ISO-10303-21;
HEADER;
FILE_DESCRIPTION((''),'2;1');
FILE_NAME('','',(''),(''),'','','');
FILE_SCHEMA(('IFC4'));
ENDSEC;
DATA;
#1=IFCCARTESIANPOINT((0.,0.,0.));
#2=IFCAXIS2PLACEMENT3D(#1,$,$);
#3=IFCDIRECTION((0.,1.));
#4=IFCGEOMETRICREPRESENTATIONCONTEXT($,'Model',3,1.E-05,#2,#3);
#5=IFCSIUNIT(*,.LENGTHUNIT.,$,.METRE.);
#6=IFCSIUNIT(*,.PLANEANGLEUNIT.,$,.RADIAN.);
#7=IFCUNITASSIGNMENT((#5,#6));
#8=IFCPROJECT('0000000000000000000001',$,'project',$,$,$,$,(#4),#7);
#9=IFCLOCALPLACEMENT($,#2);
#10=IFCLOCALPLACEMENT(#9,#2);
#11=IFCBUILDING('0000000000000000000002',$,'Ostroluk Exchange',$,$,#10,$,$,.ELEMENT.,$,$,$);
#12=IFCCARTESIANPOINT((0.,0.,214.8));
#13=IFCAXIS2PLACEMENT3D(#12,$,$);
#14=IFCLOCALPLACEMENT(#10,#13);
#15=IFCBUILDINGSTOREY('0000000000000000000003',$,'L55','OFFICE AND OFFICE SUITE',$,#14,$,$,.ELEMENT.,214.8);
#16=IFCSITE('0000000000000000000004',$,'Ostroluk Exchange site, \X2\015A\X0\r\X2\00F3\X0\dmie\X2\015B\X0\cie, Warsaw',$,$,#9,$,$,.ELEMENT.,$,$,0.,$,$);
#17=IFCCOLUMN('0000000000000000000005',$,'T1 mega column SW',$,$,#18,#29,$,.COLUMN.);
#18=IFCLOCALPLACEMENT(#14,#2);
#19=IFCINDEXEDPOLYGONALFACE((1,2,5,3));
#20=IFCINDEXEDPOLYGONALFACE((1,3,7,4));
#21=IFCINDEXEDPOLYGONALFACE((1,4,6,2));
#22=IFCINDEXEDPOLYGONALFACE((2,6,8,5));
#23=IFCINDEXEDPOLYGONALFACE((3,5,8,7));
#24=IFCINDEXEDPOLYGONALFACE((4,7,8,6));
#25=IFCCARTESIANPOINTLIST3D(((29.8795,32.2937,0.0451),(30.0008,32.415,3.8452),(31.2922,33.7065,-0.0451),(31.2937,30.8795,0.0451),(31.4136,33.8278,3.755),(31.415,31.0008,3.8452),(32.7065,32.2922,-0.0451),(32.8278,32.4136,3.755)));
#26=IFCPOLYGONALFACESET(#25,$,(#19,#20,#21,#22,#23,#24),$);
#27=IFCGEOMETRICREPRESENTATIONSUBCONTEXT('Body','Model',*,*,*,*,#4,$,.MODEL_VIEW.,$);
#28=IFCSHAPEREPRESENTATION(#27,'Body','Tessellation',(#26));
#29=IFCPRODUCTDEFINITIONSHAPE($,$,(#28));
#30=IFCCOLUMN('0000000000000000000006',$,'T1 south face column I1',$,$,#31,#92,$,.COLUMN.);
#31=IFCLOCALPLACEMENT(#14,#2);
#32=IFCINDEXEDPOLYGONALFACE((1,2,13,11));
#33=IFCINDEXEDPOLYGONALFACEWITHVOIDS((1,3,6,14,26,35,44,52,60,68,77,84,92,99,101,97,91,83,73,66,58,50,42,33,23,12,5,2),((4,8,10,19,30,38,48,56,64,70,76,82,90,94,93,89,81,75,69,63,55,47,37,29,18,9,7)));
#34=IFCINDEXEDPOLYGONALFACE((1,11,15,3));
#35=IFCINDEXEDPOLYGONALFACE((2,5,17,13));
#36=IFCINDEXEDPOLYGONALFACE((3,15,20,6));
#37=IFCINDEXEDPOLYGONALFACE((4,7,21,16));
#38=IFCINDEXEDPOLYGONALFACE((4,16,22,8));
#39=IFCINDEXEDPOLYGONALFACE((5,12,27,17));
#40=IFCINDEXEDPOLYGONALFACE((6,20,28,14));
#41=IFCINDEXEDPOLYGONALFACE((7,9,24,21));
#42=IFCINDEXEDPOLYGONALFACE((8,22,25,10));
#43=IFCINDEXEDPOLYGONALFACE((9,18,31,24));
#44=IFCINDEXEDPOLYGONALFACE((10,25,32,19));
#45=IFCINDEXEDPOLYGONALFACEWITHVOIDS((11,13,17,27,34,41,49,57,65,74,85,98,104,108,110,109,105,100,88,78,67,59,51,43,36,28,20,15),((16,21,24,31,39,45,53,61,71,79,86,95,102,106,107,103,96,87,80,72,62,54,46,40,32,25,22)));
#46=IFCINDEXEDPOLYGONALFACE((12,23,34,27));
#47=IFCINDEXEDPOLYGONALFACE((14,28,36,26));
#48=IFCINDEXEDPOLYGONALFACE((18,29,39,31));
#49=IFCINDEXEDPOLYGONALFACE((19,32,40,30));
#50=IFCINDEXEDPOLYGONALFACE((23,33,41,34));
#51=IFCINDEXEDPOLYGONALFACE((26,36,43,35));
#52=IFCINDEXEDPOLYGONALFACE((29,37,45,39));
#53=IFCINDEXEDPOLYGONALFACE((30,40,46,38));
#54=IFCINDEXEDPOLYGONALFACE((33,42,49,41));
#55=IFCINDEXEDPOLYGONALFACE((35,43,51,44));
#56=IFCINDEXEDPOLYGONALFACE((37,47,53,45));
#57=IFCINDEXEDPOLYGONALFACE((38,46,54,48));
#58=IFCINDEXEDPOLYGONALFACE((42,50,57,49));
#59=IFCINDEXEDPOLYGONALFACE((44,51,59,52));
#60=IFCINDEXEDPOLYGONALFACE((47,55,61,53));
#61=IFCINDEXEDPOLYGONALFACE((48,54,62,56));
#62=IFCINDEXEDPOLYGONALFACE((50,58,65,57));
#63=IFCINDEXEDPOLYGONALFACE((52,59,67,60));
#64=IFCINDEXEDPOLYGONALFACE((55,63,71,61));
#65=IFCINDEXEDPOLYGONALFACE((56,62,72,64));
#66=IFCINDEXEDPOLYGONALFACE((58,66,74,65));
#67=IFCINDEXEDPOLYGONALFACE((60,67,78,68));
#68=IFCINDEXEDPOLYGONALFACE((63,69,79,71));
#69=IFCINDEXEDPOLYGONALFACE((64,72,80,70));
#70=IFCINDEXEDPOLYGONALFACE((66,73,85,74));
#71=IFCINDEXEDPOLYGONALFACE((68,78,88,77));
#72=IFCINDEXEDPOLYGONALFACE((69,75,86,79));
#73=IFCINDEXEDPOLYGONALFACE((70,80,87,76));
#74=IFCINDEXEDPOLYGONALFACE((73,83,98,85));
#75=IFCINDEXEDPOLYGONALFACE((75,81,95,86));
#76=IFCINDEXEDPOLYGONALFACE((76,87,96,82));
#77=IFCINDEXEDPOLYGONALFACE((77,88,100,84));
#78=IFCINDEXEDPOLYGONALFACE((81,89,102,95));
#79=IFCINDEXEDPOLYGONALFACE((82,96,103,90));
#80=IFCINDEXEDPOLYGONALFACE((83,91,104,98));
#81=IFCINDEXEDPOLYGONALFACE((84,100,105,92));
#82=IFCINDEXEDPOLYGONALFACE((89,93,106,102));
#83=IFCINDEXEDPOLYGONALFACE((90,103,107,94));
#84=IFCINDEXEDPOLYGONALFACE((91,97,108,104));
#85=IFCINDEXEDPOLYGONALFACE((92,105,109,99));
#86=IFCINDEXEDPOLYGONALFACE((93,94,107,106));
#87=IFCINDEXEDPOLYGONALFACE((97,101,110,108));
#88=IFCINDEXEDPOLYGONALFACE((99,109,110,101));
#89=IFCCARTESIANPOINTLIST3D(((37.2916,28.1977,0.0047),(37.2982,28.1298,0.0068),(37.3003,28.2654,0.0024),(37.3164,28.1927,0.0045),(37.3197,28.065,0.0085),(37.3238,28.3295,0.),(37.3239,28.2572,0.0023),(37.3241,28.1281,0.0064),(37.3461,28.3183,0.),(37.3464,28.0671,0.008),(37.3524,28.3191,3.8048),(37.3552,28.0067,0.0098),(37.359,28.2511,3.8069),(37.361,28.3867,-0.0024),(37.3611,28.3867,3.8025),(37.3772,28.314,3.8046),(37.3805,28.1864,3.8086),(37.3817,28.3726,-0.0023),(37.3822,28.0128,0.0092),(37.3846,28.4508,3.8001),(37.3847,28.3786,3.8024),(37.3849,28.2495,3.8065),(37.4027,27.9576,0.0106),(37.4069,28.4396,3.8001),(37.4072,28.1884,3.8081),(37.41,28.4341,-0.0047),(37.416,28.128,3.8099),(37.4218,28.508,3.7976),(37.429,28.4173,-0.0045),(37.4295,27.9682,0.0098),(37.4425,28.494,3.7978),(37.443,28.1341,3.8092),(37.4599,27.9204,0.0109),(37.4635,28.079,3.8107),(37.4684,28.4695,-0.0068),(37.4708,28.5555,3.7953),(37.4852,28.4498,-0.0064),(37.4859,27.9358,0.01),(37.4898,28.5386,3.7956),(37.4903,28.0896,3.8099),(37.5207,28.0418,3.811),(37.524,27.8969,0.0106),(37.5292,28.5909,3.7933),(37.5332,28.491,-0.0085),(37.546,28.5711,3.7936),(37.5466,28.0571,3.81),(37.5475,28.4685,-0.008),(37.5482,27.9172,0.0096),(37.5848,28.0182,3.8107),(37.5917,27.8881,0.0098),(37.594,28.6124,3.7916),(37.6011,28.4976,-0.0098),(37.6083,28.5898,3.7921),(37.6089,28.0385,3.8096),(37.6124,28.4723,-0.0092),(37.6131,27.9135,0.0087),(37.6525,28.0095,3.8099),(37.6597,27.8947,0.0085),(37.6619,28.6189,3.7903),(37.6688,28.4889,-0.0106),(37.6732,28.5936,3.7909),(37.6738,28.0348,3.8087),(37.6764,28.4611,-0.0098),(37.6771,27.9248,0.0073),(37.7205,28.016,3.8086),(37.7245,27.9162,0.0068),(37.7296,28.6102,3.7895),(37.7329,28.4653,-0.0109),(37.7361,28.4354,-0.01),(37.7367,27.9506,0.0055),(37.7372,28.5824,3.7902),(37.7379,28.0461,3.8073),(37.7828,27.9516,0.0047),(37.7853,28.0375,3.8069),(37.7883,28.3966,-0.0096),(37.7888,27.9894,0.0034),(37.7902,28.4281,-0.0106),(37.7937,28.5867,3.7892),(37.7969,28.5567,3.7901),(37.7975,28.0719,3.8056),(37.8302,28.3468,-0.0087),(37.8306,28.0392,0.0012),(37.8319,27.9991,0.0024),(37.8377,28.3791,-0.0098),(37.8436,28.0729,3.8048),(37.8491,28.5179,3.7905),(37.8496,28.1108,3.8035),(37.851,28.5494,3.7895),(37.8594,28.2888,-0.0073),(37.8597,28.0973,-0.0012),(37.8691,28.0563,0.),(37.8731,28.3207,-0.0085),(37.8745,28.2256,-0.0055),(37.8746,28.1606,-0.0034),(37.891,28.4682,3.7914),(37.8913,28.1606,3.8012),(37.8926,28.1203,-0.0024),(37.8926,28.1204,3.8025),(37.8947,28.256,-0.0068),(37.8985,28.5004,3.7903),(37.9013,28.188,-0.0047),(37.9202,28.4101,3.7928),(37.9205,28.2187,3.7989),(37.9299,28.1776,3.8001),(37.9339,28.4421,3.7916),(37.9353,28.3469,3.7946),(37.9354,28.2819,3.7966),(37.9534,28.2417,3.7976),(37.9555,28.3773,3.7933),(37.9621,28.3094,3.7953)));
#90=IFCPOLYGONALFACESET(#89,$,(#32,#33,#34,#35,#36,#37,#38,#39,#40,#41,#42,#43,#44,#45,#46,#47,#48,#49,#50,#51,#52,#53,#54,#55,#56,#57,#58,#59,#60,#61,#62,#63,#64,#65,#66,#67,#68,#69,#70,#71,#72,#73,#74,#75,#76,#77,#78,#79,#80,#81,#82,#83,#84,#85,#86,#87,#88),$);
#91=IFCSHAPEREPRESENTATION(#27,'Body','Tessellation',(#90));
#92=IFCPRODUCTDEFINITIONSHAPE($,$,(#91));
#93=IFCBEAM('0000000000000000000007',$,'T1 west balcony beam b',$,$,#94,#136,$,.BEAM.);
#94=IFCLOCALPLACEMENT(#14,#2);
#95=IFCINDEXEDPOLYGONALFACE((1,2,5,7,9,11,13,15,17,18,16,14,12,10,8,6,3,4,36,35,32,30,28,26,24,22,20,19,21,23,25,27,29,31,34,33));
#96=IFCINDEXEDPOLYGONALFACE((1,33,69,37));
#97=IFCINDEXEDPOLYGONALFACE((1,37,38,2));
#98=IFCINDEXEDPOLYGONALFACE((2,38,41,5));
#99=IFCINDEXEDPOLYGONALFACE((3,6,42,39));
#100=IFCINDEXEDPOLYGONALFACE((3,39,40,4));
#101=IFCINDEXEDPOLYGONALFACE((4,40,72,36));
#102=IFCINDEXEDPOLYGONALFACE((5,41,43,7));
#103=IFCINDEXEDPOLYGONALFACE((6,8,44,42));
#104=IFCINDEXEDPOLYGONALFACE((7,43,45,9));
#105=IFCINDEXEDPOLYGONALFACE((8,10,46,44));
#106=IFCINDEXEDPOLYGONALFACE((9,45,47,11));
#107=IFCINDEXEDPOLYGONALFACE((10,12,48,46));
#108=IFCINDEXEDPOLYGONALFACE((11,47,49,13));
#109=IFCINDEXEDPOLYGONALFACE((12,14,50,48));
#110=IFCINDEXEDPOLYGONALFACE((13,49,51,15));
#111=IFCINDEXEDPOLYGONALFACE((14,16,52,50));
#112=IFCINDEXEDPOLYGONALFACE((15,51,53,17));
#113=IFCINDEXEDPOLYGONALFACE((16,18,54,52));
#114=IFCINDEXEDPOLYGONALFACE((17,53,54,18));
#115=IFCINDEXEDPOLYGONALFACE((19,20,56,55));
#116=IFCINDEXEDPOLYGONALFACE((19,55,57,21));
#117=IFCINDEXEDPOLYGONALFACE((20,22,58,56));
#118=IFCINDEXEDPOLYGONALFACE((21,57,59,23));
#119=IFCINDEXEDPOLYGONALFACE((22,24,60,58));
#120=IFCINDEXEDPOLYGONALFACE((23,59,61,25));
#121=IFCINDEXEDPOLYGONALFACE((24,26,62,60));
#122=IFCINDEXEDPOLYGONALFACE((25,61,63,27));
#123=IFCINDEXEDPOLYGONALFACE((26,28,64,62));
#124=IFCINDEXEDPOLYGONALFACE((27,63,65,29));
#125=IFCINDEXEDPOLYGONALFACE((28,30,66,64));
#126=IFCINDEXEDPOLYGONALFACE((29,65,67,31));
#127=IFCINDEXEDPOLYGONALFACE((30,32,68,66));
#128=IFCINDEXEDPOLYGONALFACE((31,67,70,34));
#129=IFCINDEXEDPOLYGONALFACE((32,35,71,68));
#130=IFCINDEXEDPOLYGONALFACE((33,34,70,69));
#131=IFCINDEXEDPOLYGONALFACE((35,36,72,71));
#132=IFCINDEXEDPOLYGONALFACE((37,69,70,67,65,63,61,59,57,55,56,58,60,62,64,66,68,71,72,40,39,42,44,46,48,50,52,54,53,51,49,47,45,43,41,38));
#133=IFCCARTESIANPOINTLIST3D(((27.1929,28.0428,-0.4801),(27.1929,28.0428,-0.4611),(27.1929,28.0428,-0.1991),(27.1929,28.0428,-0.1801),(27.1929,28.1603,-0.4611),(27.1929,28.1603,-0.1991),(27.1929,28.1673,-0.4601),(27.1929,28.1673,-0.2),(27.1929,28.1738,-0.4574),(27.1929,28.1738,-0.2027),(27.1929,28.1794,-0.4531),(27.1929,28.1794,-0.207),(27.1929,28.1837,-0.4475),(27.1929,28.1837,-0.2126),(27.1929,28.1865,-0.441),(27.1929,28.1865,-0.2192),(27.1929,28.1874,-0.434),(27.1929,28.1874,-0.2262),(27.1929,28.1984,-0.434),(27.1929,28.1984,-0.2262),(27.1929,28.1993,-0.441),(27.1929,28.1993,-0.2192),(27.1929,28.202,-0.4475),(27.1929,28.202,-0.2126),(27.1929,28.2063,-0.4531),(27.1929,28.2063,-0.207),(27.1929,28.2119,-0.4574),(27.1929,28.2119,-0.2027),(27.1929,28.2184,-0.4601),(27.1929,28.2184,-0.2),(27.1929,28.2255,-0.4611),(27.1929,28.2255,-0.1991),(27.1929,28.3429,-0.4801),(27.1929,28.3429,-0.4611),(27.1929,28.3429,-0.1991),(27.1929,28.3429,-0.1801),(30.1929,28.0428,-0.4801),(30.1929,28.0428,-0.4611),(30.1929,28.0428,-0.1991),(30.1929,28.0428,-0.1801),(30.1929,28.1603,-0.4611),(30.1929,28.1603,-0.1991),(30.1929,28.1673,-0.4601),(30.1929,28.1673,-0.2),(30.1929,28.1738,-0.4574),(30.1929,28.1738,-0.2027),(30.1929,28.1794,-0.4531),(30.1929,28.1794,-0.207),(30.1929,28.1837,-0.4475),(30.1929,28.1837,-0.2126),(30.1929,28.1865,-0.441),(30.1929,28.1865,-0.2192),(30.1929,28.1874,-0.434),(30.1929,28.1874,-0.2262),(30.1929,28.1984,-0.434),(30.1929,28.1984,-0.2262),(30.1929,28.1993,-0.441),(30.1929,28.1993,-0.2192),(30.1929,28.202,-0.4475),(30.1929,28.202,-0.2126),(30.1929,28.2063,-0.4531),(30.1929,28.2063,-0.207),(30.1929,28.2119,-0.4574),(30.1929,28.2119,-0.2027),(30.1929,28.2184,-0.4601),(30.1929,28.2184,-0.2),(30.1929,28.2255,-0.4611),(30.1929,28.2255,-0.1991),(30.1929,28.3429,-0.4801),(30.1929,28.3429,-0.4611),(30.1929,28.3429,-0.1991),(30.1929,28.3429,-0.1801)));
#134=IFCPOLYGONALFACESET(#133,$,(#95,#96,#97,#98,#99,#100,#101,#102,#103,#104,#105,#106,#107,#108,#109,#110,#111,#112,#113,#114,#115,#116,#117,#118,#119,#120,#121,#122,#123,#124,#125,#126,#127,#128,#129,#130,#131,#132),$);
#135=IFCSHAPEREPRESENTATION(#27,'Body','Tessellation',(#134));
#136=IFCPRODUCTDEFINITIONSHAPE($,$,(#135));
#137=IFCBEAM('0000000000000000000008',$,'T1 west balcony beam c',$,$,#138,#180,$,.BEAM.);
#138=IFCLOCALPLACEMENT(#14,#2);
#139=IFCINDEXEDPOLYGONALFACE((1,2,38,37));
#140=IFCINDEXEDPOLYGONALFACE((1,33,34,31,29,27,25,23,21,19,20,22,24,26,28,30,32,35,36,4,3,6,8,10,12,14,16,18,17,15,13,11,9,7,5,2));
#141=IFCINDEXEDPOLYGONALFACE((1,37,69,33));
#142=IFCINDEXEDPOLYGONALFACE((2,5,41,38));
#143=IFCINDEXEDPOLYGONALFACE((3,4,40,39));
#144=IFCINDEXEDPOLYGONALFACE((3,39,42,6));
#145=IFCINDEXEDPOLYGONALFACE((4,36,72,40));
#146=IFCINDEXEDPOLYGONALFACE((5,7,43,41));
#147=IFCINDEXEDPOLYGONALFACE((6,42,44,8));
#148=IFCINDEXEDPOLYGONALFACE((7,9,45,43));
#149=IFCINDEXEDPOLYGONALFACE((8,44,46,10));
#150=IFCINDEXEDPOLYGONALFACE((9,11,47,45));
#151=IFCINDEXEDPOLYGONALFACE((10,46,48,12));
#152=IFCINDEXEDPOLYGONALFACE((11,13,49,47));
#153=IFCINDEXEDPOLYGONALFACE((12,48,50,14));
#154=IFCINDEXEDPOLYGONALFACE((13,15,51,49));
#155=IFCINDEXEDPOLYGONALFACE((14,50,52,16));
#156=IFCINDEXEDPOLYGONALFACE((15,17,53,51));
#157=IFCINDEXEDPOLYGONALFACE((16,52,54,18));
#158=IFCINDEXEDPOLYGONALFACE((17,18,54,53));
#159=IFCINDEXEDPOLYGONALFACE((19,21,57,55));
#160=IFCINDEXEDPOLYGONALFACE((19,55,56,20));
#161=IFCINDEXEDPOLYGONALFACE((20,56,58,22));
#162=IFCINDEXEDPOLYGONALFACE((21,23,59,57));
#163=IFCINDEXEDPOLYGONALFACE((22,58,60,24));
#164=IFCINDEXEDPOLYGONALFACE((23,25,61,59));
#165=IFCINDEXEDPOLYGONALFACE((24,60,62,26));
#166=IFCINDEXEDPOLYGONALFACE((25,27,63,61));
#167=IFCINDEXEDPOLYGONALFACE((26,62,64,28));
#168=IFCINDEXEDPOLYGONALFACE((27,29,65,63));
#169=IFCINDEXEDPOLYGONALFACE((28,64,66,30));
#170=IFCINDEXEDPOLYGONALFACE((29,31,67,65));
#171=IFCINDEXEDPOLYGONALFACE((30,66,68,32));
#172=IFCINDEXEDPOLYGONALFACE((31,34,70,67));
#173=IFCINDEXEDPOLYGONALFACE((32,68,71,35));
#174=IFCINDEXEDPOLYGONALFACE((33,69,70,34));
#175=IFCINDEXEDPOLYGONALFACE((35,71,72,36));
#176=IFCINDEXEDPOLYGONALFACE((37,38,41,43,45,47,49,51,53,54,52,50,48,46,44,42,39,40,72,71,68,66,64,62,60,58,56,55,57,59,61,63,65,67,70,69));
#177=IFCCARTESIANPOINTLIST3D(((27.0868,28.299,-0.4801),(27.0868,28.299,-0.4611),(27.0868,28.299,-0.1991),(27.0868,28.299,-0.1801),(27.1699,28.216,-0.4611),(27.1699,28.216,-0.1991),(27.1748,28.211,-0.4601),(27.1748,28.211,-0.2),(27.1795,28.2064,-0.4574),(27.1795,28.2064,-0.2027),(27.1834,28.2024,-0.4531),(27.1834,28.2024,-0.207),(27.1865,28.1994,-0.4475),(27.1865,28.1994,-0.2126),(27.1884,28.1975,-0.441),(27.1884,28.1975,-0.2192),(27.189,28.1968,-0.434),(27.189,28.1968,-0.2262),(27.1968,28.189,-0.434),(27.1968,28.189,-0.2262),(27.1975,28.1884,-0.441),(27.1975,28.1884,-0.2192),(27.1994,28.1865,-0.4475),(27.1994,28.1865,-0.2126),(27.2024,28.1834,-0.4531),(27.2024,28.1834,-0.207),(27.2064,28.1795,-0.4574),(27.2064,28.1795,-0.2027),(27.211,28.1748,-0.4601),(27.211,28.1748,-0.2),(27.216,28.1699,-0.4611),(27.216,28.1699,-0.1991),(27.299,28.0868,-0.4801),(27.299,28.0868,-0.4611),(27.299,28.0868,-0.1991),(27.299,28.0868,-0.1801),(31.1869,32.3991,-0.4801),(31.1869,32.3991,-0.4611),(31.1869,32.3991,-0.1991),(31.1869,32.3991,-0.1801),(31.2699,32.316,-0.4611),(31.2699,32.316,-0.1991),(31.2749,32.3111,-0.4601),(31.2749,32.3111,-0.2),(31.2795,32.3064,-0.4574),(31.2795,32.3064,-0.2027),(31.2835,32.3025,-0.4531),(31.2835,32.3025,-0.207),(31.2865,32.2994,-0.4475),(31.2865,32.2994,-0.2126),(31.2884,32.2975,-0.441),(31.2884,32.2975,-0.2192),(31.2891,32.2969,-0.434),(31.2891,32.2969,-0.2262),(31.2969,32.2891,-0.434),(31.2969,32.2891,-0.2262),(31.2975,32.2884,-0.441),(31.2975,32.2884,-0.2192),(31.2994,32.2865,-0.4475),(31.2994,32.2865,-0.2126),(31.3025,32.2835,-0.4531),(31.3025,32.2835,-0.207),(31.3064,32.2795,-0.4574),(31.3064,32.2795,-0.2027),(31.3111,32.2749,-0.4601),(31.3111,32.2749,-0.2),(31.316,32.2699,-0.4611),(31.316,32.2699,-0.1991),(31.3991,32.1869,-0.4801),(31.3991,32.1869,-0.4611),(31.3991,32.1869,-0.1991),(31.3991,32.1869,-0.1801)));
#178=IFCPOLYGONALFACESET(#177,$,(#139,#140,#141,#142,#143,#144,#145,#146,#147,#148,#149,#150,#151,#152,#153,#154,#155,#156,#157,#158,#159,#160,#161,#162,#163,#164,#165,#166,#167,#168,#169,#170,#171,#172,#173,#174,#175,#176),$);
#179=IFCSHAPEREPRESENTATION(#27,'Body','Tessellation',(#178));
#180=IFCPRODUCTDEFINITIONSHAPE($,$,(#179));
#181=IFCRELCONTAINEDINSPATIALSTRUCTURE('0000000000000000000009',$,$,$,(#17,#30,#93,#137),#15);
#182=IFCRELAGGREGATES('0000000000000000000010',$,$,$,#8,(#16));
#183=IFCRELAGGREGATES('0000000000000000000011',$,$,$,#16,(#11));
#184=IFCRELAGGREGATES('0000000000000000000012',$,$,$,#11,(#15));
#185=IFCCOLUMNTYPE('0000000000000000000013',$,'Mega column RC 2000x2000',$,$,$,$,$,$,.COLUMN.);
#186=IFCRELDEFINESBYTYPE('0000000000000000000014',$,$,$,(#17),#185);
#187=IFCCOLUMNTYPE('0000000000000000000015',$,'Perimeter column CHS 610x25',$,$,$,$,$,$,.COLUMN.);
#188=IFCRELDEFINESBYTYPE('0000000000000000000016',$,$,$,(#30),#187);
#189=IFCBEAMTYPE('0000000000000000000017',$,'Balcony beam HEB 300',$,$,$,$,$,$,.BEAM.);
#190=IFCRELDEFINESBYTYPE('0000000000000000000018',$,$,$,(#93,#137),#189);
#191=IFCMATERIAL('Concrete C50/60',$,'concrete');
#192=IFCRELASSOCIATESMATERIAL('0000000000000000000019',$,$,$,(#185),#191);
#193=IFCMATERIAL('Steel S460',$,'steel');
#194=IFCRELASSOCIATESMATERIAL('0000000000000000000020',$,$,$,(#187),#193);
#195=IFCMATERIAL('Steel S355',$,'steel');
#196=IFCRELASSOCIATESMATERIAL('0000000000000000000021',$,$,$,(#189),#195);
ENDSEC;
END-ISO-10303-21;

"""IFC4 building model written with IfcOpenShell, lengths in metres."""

from ifc_helpers import new_model, si_unit, direction, frame, origin, origin_2d, place, context, subcontext, project, spatial, rectangle, hollow_circle, i_section, extrude, material, material_profile, profile_set, type_object, element, save


model = new_model("IFC4")

# Units and contexts
model_context = context("Model", 3, precision=1e-05, world=origin(), true_north=direction((0.0, 1.0)))
body_context = subcontext(model_context, "Body", "Model", "MODEL_VIEW")
ifc_project = project(units=[si_unit("LENGTHUNIT", "METRE"), si_unit("PLANEANGLEUNIT", "RADIAN")], contexts=[model_context])

# Site, building, storey
site_placement = place(None, origin())
site = spatial("IfcSite", under=ifc_project, at=site_placement, Name="Ostroluk Exchange site, Śródmieście, Warsaw", CompositionType="ELEMENT", RefElevation=0.0)
building_placement = place(site_placement, origin())
building = spatial("IfcBuilding", under=site, at=building_placement, Name="Ostroluk Exchange", CompositionType="ELEMENT")
storey_placement = place(building_placement, frame((0.0, 0.0, 214.8)))
storey = spatial("IfcBuildingStorey", under=building, at=storey_placement, Name="L55", Description="OFFICE AND OFFICE SUITE", CompositionType="ELEMENT", Elevation=214.8)

# Columns
ifc_material_1 = material(Name="Concrete C50/60", Category="concrete")
ifc_material_profile_1 = material_profile(ifc_material_1, rectangle(XDim=2.0, YDim=2.0, at=origin_2d()), Name="RC 2000x2000")
ifc_profile_set_1 = profile_set([ifc_material_profile_1], Name="Concrete C50/60")
column_type_1 = type_object("IfcColumnType", Name="Mega column RC 2000x2000", PredefinedType="COLUMN", material=ifc_profile_set_1)
column_1_placement = place(storey_placement, frame((31.293, 32.293, 0.0), z_axis=(0.031898, 0.031898, 0.998982), x_axis=(-0.707107, 0.707107, 0.0)))
element("IfcColumn", 1, at=column_1_placement, inside=storey, type_object=column_type_1, Name="T1 mega column SW", PredefinedType="COLUMN", context=body_context, shape_type="SweptSolid", body=[
    extrude(rectangle(XDim=2.0, YDim=2.0, at=origin_2d()), origin(), (0.0, 0.0, 1.0), 3.804),
])
ifc_material_2 = material(Name="Steel S460", Category="steel")
ifc_material_profile_2 = material_profile(ifc_material_2, hollow_circle(Radius=0.3049, WallThickness=0.0249, at=origin_2d()), Name="CHS 610x25")
ifc_profile_set_2 = profile_set([ifc_material_profile_2], Name="Steel S460")
column_type_2 = type_object("IfcColumnType", Name="Perimeter column CHS 610x25", PredefinedType="COLUMN", material=ifc_profile_set_2)
column_2_placement = place(storey_placement, frame((37.5964, 28.1929, 0.0), z_axis=(0.015987, 0.03191, 0.999363), x_axis=(-0.894067, 0.447933, 0.0)))
element("IfcColumn", 2, at=column_2_placement, inside=storey, type_object=column_type_2, Name="T1 south face column I1", PredefinedType="COLUMN", context=body_context, shape_type="SweptSolid", body=[
    extrude(hollow_circle(Radius=0.3049, WallThickness=0.0249, at=origin_2d()), origin(), (0.0, 0.0, 1.0), 3.8025),
])

# Beams
ifc_material_3 = material(Name="Steel S355", Category="steel")
ifc_material_profile_3 = material_profile(ifc_material_3, i_section(OverallWidth=0.3, OverallDepth=0.3, WebThickness=0.011, FlangeThickness=0.019, FilletRadius=0.0271, at=origin_2d()), Name="HEB 300")
ifc_profile_set_3 = profile_set([ifc_material_profile_3], Name="Steel S355")
beam_type_1 = type_object("IfcBeamType", Name="Balcony beam HEB 300", PredefinedType="BEAM", material=ifc_profile_set_3)
beam_1_placement = place(storey_placement, frame((30.1929, 28.1929, -0.3301), z_axis=(-1.0, 0.0, 0.0), x_axis=(0.0, -1.0, 0.0)))
element("IfcBeam", 3, at=beam_1_placement, inside=storey, type_object=beam_type_1, Name="T1 west balcony beam b", PredefinedType="BEAM", context=body_context, shape_type="SweptSolid", body=[
    extrude(i_section(OverallWidth=0.3, OverallDepth=0.3, WebThickness=0.011, FlangeThickness=0.019, FilletRadius=0.0271, at=origin_2d()), origin(), (0.0, 0.0, 1.0), 3.0),
])
beam_2_placement = place(storey_placement, frame((31.293, 32.293, -0.3301), z_axis=(-0.707107, -0.707107, 0.0), x_axis=(0.707107, -0.707107, 0.0)))
element("IfcBeam", 4, at=beam_2_placement, inside=storey, type_object=beam_type_1, Name="T1 west balcony beam c", PredefinedType="BEAM", context=body_context, shape_type="SweptSolid", body=[
    extrude(i_section(OverallWidth=0.3, OverallDepth=0.3, WebThickness=0.011, FlangeThickness=0.019, FilletRadius=0.0271, at=origin_2d()), origin(), (0.0, 0.0, 1.0), 5.7983),
])

save(model, "model.ifc")
